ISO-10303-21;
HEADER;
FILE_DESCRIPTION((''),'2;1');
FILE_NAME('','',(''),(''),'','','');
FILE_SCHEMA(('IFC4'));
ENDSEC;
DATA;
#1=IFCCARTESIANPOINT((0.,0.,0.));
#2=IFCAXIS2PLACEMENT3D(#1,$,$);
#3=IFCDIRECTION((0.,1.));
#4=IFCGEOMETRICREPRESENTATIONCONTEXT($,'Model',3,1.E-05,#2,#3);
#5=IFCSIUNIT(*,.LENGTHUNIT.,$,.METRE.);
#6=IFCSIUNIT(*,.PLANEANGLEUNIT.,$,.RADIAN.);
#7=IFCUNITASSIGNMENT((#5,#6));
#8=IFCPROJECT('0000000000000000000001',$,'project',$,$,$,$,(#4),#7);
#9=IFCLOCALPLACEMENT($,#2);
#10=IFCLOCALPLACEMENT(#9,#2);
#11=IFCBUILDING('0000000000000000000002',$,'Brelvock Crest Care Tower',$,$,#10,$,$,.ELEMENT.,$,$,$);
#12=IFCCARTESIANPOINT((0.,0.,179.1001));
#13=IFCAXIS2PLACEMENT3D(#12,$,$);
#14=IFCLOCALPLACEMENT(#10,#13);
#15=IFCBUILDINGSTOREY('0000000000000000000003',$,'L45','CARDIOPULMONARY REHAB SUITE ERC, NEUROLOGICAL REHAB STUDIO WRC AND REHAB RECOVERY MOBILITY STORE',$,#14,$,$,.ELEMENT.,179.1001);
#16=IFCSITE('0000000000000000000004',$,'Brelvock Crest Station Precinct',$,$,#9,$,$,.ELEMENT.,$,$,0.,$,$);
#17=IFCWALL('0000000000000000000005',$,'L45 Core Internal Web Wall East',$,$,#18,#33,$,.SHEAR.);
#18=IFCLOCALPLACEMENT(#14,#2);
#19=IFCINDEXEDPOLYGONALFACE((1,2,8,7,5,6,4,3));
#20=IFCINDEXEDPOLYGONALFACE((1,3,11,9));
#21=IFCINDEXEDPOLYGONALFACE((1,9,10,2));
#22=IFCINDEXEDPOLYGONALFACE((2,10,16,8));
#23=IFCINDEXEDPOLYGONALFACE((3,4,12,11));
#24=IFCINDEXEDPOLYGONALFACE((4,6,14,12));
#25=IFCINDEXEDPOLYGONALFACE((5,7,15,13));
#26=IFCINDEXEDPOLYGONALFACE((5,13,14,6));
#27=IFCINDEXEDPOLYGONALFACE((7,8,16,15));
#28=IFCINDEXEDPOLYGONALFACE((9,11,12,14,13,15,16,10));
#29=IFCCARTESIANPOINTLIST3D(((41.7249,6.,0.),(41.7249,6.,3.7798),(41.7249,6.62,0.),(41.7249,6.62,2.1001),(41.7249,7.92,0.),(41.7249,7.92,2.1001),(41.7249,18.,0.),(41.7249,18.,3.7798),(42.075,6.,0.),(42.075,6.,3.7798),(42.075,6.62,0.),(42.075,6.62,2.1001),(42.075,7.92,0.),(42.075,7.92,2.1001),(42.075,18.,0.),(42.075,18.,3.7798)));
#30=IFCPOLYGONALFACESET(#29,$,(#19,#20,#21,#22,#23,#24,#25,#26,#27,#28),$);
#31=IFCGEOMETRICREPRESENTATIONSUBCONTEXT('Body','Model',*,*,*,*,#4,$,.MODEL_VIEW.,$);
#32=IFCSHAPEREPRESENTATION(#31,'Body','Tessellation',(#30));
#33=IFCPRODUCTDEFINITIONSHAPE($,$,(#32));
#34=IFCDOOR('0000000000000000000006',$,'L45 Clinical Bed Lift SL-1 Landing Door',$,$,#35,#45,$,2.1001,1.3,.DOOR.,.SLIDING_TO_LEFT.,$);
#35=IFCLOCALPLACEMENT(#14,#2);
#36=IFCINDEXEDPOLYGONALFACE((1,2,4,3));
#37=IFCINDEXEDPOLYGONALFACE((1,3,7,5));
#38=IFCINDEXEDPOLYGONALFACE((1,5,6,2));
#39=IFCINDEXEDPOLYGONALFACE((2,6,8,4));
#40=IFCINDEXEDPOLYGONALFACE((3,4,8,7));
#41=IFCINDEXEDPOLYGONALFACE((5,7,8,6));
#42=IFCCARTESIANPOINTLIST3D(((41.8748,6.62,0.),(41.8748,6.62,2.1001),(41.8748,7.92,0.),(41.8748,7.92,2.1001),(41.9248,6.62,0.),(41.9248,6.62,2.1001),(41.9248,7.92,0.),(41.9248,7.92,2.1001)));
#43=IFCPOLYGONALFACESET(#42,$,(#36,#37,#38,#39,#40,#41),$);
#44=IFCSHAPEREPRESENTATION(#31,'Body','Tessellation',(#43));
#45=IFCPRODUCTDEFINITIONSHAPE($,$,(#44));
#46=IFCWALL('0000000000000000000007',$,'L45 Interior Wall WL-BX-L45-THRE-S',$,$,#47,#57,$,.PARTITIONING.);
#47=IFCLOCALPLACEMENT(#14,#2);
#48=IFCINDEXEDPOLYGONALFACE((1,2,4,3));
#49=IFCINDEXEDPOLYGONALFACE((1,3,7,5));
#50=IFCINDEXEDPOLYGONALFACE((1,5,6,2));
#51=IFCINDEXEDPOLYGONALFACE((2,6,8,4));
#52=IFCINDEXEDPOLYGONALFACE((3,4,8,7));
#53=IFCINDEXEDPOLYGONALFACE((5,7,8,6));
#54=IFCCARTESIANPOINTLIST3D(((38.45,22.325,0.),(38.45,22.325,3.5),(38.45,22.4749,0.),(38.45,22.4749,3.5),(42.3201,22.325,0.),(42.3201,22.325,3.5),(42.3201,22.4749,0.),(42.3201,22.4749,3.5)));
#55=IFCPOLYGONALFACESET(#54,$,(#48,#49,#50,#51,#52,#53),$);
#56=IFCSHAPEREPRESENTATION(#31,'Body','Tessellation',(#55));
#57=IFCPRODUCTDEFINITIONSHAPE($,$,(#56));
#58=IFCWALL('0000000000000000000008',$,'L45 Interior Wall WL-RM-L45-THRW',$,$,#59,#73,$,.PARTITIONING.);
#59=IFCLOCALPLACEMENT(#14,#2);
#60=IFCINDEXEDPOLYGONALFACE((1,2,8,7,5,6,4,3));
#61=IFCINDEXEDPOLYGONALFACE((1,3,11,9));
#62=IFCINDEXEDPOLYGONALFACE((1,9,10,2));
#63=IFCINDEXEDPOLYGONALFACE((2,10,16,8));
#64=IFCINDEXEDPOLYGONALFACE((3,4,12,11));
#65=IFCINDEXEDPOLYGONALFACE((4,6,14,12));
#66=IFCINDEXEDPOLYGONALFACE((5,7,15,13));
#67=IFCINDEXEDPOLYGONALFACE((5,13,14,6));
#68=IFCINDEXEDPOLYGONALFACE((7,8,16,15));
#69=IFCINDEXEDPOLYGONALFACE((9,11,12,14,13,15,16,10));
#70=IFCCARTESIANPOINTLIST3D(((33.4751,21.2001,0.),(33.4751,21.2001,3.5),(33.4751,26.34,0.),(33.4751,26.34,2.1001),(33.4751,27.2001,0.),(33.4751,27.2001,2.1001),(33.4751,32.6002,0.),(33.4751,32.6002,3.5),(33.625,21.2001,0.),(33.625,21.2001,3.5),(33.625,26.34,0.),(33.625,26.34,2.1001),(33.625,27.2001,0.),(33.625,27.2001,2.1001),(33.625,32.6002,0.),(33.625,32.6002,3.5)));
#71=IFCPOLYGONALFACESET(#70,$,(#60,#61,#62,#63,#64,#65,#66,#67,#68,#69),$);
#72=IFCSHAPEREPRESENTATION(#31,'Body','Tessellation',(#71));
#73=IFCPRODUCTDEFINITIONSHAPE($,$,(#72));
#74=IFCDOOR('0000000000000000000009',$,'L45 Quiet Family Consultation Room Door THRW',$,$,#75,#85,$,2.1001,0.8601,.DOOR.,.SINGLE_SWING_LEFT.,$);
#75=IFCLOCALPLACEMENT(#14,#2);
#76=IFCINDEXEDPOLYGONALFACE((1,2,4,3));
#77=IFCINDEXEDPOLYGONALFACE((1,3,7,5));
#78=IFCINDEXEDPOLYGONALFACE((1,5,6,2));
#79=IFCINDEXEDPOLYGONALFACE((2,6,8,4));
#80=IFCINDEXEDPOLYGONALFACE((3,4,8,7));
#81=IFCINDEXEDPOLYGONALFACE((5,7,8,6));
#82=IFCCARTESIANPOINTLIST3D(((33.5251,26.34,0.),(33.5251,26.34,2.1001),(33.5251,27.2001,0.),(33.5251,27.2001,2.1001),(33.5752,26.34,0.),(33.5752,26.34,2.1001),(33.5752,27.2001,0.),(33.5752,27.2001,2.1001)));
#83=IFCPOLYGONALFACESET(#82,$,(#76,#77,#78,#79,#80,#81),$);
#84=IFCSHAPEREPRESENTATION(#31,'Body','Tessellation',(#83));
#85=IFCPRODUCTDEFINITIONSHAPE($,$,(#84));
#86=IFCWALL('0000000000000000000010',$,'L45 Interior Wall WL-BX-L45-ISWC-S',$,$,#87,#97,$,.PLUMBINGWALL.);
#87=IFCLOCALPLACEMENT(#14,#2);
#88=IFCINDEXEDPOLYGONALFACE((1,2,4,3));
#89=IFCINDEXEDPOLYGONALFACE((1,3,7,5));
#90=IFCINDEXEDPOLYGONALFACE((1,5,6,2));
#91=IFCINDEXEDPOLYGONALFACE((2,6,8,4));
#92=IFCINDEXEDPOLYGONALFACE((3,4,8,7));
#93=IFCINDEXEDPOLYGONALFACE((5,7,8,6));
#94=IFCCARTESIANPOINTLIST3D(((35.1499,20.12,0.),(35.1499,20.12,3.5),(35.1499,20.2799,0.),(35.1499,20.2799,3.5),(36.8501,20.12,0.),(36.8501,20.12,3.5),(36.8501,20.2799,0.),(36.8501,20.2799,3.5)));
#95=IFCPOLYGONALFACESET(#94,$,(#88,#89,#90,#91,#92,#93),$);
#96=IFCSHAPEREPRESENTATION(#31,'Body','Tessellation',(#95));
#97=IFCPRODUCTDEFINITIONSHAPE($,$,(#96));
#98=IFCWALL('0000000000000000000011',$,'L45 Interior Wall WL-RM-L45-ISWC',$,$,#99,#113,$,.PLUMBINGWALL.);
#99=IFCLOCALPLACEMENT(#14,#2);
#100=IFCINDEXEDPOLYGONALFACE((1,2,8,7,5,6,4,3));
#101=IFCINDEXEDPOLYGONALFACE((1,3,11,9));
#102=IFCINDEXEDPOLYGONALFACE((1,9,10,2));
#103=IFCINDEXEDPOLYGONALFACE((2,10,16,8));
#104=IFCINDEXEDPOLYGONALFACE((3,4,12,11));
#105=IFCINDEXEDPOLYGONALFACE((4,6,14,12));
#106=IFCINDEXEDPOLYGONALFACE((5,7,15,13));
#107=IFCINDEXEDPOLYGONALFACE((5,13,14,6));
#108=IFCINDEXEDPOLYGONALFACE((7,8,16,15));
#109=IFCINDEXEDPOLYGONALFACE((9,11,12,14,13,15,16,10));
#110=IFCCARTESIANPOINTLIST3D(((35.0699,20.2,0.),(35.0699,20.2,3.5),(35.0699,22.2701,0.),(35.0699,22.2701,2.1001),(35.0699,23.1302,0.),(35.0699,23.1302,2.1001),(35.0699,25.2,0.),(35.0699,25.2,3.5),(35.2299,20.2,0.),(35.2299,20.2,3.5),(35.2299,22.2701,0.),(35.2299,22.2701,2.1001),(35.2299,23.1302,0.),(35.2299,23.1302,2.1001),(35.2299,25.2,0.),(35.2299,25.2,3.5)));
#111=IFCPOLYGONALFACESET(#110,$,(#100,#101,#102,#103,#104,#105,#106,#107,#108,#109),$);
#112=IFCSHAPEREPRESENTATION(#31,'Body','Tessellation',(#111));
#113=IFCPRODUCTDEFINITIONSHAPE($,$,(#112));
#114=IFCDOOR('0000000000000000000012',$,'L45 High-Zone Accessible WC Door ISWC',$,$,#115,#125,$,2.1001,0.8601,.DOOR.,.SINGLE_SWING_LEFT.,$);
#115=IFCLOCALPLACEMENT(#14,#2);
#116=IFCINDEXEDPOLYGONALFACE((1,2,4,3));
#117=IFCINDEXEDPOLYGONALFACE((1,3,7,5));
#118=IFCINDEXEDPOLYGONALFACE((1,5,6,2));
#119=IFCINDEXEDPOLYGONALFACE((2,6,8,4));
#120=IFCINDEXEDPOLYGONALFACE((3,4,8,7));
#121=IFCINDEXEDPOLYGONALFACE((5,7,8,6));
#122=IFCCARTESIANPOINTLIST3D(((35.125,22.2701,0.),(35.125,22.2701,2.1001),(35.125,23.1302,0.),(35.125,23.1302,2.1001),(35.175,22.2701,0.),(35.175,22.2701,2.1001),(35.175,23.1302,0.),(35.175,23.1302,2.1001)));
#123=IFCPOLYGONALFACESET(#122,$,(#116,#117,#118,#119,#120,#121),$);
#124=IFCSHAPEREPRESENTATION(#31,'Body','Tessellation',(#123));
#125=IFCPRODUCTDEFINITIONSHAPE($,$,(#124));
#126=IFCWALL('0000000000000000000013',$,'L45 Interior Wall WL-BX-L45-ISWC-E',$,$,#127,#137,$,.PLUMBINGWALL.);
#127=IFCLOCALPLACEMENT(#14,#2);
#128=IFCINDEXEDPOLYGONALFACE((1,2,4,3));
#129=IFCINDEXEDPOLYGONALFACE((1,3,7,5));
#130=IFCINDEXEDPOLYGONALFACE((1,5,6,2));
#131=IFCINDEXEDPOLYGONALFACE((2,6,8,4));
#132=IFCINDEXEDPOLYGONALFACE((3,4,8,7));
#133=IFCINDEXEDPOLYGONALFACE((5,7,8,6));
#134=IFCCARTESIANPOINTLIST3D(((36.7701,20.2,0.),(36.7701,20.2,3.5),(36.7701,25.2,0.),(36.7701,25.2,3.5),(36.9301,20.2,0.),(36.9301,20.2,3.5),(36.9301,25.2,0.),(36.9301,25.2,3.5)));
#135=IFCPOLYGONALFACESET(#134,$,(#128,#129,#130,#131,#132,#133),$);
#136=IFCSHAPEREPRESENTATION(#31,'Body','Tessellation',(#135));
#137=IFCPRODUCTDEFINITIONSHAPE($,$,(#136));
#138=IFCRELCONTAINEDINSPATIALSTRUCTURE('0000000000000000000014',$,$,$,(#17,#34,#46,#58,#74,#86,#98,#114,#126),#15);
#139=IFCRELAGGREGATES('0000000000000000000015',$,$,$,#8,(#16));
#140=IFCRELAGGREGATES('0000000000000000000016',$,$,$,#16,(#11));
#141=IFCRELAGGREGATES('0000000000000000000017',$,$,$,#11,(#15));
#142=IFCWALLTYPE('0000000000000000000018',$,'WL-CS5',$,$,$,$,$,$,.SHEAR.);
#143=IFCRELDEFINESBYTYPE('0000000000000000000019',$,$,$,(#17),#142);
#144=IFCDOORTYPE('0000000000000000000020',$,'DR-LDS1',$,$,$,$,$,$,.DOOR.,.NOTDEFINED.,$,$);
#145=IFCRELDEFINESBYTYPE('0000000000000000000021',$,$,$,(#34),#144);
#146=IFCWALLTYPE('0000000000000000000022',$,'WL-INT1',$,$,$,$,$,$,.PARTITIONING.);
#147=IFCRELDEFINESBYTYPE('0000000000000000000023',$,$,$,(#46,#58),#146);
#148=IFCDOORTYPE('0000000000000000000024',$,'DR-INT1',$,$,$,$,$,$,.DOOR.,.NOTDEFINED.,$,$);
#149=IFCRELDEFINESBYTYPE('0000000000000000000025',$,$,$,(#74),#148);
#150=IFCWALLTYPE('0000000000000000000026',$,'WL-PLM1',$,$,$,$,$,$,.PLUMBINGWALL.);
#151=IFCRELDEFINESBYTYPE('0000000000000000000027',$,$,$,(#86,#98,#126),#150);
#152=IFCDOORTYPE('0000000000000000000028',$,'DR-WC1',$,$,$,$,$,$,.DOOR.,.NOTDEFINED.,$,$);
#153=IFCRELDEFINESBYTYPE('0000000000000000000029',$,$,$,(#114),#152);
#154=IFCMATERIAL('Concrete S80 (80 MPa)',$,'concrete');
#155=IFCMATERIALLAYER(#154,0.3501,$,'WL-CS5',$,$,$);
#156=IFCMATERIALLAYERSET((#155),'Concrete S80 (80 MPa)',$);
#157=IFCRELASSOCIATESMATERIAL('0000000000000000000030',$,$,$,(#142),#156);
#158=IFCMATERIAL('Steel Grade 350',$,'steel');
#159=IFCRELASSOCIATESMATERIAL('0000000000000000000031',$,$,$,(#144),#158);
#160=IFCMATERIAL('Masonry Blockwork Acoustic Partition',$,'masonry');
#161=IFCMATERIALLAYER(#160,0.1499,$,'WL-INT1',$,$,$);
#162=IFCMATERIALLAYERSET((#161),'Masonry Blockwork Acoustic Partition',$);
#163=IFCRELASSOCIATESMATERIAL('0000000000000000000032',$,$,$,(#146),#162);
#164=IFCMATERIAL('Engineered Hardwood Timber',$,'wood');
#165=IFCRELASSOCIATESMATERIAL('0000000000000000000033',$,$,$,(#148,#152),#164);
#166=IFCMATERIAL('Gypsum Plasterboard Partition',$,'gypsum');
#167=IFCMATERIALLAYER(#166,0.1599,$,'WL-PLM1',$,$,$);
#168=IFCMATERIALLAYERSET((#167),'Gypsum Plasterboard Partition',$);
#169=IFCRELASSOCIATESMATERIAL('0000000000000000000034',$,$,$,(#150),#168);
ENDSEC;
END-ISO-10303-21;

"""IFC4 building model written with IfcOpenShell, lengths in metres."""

from ifc_helpers import new_model, si_unit, direction, frame, frame_2d, origin, origin_2d, place, context, subcontext, project, spatial, rectangle, extrude, source, transform, mapped, material, layer, layer_set, type_object, element, fill, save


model = new_model("IFC4")

# Units and contexts
model_context = context("Model", 3, precision=1e-05, world=origin(), true_north=direction((0.0, 1.0)))
body_context = subcontext(model_context, "Body", "Model", "MODEL_VIEW")
ifc_project = project(units=[si_unit("LENGTHUNIT", "METRE"), si_unit("PLANEANGLEUNIT", "RADIAN")], contexts=[model_context])

# Site, building, storey
site_placement = place(None, origin())
site = spatial("IfcSite", under=ifc_project, at=site_placement, Name="Brelvock Crest Station Precinct", CompositionType="ELEMENT", RefElevation=0.0)
building_placement = place(site_placement, origin())
building = spatial("IfcBuilding", under=site, at=building_placement, Name="Brelvock Crest Care Tower", CompositionType="ELEMENT")
storey_placement = place(building_placement, frame((0.0, 0.0, 179.1001)))
storey = spatial("IfcBuildingStorey", under=building, at=storey_placement, Name="L45", Description="CARDIOPULMONARY REHAB SUITE ERC, NEUROLOGICAL REHAB STUDIO WRC AND REHAB RECOVERY MOBILITY STORE", CompositionType="ELEMENT", Elevation=179.1001)

# Shared definitions
ifc_material_1 = material(Name="Steel Grade 350", Category="steel")

# Wall, opening, door
ifc_material_2 = material(Name="Concrete S80 (80 MPa)", Category="concrete")
ifc_layer_1 = layer(ifc_material_2, 0.3501, Name="WL-CS5")
ifc_layer_set_1 = layer_set([ifc_layer_1], Name="Concrete S80 (80 MPa)")
wall_type_1 = type_object("IfcWallType", Name="WL-CS5", PredefinedType="SHEAR", material=ifc_layer_set_1)
wall_1_placement = place(storey_placement, frame((41.8999, 18.0, 0.0), z_axis=(0.0, 0.0, 1.0), x_axis=(0.0, -1.0, 0.0)))
wall_1 = element("IfcWall", 1, at=wall_1_placement, inside=storey, type_object=wall_type_1, Name="L45 Core Internal Web Wall East", PredefinedType="SHEAR", context=body_context, shape_type="SweptSolid", body=[
    extrude(rectangle(XDim=12.0, YDim=0.3501, at=frame_2d((6.0, 0.0))), origin(), (0.0, 0.0, 1.0), 3.7798),
])
opening_1_placement = place(wall_1_placement, frame((10.0801, 0.0, 0.0)))
opening_1 = element("IfcOpeningElement", 2, at=opening_1_placement, cuts=wall_1, PredefinedType="OPENING", context=body_context, shape_type="SweptSolid", body=[
    extrude(rectangle(XDim=1.3, YDim=2.1001, at=origin_2d()), frame((0.6499, 0.1851, 1.05), z_axis=(0.0, -1.0, 0.0), x_axis=(1.0, 0.0, 0.0)), (0.0, 0.0, 1.0), 0.3701),
])
door_type_1 = type_object("IfcDoorType", Name="DR-LDS1", OperationType="NOTDEFINED", PredefinedType="DOOR", material=ifc_material_1)
shared_shape_1 = source(origin(), body_context, "Body", "SweptSolid", [
    extrude(rectangle(XDim=1.3, YDim=2.1001, at=origin_2d()), frame((0.6499, 0.0249, 1.05), z_axis=(0.0, -1.0, 0.0), x_axis=(1.0, 0.0, 0.0)), (0.0, 0.0, 1.0), 0.05),
])
door_1_placement = place(opening_1_placement, origin())
door_1 = element("IfcDoor", 3, at=door_1_placement, inside=storey, type_object=door_type_1, Name="L45 Clinical Bed Lift SL-1 Landing Door", OperationType="SLIDING_TO_LEFT", OverallHeight=2.1001, OverallWidth=1.3, PredefinedType="DOOR", context=body_context, shape_type="MappedRepresentation", body=[
    mapped(shared_shape_1, transform((0.0, 0.0, 0.0), x_axis=(1.0, 0.0, 0.0), y_axis=(0.0, 1.0, 0.0), z_axis=(0.0, 0.0, 1.0), scale=1.0)),
])
fill(opening_1, door_1)

# Wall
ifc_material_3 = material(Name="Masonry Blockwork Acoustic Partition", Category="masonry")
ifc_layer_2 = layer(ifc_material_3, 0.1499, Name="WL-INT1")
ifc_layer_set_2 = layer_set([ifc_layer_2], Name="Masonry Blockwork Acoustic Partition")
wall_type_2 = type_object("IfcWallType", Name="WL-INT1", PredefinedType="PARTITIONING", material=ifc_layer_set_2)
wall_2_placement = place(storey_placement, frame((38.45, 22.3999, 0.0), z_axis=(0.0, 0.0, 1.0), x_axis=(1.0, 0.0, 0.0)))
element("IfcWall", 4, at=wall_2_placement, inside=storey, type_object=wall_type_2, Name="L45 Interior Wall WL-BX-L45-THRE-S", PredefinedType="PARTITIONING", context=body_context, shape_type="SweptSolid", body=[
    extrude(rectangle(XDim=3.8701, YDim=0.1499, at=frame_2d((1.9351, 0.0))), origin(), (0.0, 0.0, 1.0), 3.5),
])

# Wall, opening, door
wall_3_placement = place(storey_placement, frame((33.55, 21.2, 0.0), z_axis=(0.0, 0.0, 1.0), x_axis=(0.0, 1.0, 0.0)))
wall_3 = element("IfcWall", 5, at=wall_3_placement, inside=storey, type_object=wall_type_2, Name="L45 Interior Wall WL-RM-L45-THRW", PredefinedType="PARTITIONING", context=body_context, shape_type="SweptSolid", body=[
    extrude(rectangle(XDim=11.4001, YDim=0.1499, at=frame_2d((5.7002, 0.0))), origin(), (0.0, 0.0, 1.0), 3.5),
])
opening_2_placement = place(wall_3_placement, frame((5.1399, 0.0, 0.0)))
opening_2 = element("IfcOpeningElement", 6, at=opening_2_placement, cuts=wall_3, PredefinedType="OPENING", context=body_context, shape_type="SweptSolid", body=[
    extrude(rectangle(XDim=0.8601, YDim=2.1001, at=origin_2d()), frame((0.4302, 0.085, 1.05), z_axis=(0.0, -1.0, 0.0), x_axis=(1.0, 0.0, 0.0)), (0.0, 0.0, 1.0), 0.1699),
])
ifc_material_4 = material(Name="Engineered Hardwood Timber", Category="wood")
door_type_2 = type_object("IfcDoorType", Name="DR-INT1", OperationType="NOTDEFINED", PredefinedType="DOOR", material=ifc_material_4)
shared_shape_2 = source(origin(), body_context, "Body", "SweptSolid", [
    extrude(rectangle(XDim=0.8601, YDim=2.1001, at=origin_2d()), frame((0.4302, 0.0249, 1.05), z_axis=(0.0, -1.0, 0.0), x_axis=(1.0, 0.0, 0.0)), (0.0, 0.0, 1.0), 0.05),
])
door_2_placement = place(opening_2_placement, origin())
door_2 = element("IfcDoor", 7, at=door_2_placement, inside=storey, type_object=door_type_2, Name="L45 Quiet Family Consultation Room Door THRW", OperationType="SINGLE_SWING_LEFT", OverallHeight=2.1001, OverallWidth=0.8601, PredefinedType="DOOR", context=body_context, shape_type="MappedRepresentation", body=[
    mapped(shared_shape_2, transform((0.0, 0.0, 0.0), x_axis=(1.0, 0.0, 0.0), y_axis=(0.0, 1.0, 0.0), z_axis=(0.0, 0.0, 1.0), scale=1.0)),
])
fill(opening_2, door_2)

# Wall
ifc_material_5 = material(Name="Gypsum Plasterboard Partition", Category="gypsum")
ifc_layer_3 = layer(ifc_material_5, 0.1599, Name="WL-PLM1")
ifc_layer_set_3 = layer_set([ifc_layer_3], Name="Gypsum Plasterboard Partition")
wall_type_3 = type_object("IfcWallType", Name="WL-PLM1", PredefinedType="PLUMBINGWALL", material=ifc_layer_set_3)
wall_4_placement = place(storey_placement, frame((35.1499, 20.2, 0.0), z_axis=(0.0, 0.0, 1.0), x_axis=(1.0, 0.0, 0.0)))
element("IfcWall", 8, at=wall_4_placement, inside=storey, type_object=wall_type_3, Name="L45 Interior Wall WL-BX-L45-ISWC-S", PredefinedType="PLUMBINGWALL", context=body_context, shape_type="SweptSolid", body=[
    extrude(rectangle(XDim=1.7002, YDim=0.1599, at=frame_2d((0.8501, 0.0))), origin(), (0.0, 0.0, 1.0), 3.5),
])

# Wall, opening, door
wall_5_placement = place(storey_placement, frame((35.1499, 20.2, 0.0), z_axis=(0.0, 0.0, 1.0), x_axis=(0.0, 1.0, 0.0)))
wall_5 = element("IfcWall", 9, at=wall_5_placement, inside=storey, type_object=wall_type_3, Name="L45 Interior Wall WL-RM-L45-ISWC", PredefinedType="PLUMBINGWALL", context=body_context, shape_type="SweptSolid", body=[
    extrude(rectangle(XDim=5.0, YDim=0.1599, at=frame_2d((2.5, 0.0))), origin(), (0.0, 0.0, 1.0), 3.5),
])
opening_3_placement = place(wall_5_placement, frame((2.0701, 0.0, 0.0)))
opening_3 = element("IfcOpeningElement", 10, at=opening_3_placement, cuts=wall_5, PredefinedType="OPENING", context=body_context, shape_type="SweptSolid", body=[
    extrude(rectangle(XDim=0.8601, YDim=2.1001, at=origin_2d()), frame((0.4302, 0.0898, 1.05), z_axis=(0.0, -1.0, 0.0), x_axis=(1.0, 0.0, 0.0)), (0.0, 0.0, 1.0), 0.1799),
])
door_type_3 = type_object("IfcDoorType", Name="DR-WC1", OperationType="NOTDEFINED", PredefinedType="DOOR", material=ifc_material_4)
shared_shape_3 = source(origin(), body_context, "Body", "SweptSolid", [
    extrude(rectangle(XDim=0.8601, YDim=2.1001, at=origin_2d()), frame((0.4302, 0.0249, 1.05), z_axis=(0.0, -1.0, 0.0), x_axis=(1.0, 0.0, 0.0)), (0.0, 0.0, 1.0), 0.05),
])
door_3_placement = place(opening_3_placement, origin())
door_3 = element("IfcDoor", 11, at=door_3_placement, inside=storey, type_object=door_type_3, Name="L45 High-Zone Accessible WC Door ISWC", OperationType="SINGLE_SWING_LEFT", OverallHeight=2.1001, OverallWidth=0.8601, PredefinedType="DOOR", context=body_context, shape_type="MappedRepresentation", body=[
    mapped(shared_shape_3, transform((0.0, 0.0, 0.0), x_axis=(1.0, 0.0, 0.0), y_axis=(0.0, 1.0, 0.0), z_axis=(0.0, 0.0, 1.0), scale=1.0)),
])
fill(opening_3, door_3)

# Wall
wall_6_placement = place(storey_placement, frame((36.8501, 20.2, 0.0), z_axis=(0.0, 0.0, 1.0), x_axis=(0.0, 1.0, 0.0)))
element("IfcWall", 12, at=wall_6_placement, inside=storey, type_object=wall_type_3, Name="L45 Interior Wall WL-BX-L45-ISWC-E", PredefinedType="PLUMBINGWALL", context=body_context, shape_type="SweptSolid", body=[
    extrude(rectangle(XDim=5.0, YDim=0.1599, at=frame_2d((2.5, 0.0))), origin(), (0.0, 0.0, 1.0), 3.5),
])

save(model, "model.ifc")
